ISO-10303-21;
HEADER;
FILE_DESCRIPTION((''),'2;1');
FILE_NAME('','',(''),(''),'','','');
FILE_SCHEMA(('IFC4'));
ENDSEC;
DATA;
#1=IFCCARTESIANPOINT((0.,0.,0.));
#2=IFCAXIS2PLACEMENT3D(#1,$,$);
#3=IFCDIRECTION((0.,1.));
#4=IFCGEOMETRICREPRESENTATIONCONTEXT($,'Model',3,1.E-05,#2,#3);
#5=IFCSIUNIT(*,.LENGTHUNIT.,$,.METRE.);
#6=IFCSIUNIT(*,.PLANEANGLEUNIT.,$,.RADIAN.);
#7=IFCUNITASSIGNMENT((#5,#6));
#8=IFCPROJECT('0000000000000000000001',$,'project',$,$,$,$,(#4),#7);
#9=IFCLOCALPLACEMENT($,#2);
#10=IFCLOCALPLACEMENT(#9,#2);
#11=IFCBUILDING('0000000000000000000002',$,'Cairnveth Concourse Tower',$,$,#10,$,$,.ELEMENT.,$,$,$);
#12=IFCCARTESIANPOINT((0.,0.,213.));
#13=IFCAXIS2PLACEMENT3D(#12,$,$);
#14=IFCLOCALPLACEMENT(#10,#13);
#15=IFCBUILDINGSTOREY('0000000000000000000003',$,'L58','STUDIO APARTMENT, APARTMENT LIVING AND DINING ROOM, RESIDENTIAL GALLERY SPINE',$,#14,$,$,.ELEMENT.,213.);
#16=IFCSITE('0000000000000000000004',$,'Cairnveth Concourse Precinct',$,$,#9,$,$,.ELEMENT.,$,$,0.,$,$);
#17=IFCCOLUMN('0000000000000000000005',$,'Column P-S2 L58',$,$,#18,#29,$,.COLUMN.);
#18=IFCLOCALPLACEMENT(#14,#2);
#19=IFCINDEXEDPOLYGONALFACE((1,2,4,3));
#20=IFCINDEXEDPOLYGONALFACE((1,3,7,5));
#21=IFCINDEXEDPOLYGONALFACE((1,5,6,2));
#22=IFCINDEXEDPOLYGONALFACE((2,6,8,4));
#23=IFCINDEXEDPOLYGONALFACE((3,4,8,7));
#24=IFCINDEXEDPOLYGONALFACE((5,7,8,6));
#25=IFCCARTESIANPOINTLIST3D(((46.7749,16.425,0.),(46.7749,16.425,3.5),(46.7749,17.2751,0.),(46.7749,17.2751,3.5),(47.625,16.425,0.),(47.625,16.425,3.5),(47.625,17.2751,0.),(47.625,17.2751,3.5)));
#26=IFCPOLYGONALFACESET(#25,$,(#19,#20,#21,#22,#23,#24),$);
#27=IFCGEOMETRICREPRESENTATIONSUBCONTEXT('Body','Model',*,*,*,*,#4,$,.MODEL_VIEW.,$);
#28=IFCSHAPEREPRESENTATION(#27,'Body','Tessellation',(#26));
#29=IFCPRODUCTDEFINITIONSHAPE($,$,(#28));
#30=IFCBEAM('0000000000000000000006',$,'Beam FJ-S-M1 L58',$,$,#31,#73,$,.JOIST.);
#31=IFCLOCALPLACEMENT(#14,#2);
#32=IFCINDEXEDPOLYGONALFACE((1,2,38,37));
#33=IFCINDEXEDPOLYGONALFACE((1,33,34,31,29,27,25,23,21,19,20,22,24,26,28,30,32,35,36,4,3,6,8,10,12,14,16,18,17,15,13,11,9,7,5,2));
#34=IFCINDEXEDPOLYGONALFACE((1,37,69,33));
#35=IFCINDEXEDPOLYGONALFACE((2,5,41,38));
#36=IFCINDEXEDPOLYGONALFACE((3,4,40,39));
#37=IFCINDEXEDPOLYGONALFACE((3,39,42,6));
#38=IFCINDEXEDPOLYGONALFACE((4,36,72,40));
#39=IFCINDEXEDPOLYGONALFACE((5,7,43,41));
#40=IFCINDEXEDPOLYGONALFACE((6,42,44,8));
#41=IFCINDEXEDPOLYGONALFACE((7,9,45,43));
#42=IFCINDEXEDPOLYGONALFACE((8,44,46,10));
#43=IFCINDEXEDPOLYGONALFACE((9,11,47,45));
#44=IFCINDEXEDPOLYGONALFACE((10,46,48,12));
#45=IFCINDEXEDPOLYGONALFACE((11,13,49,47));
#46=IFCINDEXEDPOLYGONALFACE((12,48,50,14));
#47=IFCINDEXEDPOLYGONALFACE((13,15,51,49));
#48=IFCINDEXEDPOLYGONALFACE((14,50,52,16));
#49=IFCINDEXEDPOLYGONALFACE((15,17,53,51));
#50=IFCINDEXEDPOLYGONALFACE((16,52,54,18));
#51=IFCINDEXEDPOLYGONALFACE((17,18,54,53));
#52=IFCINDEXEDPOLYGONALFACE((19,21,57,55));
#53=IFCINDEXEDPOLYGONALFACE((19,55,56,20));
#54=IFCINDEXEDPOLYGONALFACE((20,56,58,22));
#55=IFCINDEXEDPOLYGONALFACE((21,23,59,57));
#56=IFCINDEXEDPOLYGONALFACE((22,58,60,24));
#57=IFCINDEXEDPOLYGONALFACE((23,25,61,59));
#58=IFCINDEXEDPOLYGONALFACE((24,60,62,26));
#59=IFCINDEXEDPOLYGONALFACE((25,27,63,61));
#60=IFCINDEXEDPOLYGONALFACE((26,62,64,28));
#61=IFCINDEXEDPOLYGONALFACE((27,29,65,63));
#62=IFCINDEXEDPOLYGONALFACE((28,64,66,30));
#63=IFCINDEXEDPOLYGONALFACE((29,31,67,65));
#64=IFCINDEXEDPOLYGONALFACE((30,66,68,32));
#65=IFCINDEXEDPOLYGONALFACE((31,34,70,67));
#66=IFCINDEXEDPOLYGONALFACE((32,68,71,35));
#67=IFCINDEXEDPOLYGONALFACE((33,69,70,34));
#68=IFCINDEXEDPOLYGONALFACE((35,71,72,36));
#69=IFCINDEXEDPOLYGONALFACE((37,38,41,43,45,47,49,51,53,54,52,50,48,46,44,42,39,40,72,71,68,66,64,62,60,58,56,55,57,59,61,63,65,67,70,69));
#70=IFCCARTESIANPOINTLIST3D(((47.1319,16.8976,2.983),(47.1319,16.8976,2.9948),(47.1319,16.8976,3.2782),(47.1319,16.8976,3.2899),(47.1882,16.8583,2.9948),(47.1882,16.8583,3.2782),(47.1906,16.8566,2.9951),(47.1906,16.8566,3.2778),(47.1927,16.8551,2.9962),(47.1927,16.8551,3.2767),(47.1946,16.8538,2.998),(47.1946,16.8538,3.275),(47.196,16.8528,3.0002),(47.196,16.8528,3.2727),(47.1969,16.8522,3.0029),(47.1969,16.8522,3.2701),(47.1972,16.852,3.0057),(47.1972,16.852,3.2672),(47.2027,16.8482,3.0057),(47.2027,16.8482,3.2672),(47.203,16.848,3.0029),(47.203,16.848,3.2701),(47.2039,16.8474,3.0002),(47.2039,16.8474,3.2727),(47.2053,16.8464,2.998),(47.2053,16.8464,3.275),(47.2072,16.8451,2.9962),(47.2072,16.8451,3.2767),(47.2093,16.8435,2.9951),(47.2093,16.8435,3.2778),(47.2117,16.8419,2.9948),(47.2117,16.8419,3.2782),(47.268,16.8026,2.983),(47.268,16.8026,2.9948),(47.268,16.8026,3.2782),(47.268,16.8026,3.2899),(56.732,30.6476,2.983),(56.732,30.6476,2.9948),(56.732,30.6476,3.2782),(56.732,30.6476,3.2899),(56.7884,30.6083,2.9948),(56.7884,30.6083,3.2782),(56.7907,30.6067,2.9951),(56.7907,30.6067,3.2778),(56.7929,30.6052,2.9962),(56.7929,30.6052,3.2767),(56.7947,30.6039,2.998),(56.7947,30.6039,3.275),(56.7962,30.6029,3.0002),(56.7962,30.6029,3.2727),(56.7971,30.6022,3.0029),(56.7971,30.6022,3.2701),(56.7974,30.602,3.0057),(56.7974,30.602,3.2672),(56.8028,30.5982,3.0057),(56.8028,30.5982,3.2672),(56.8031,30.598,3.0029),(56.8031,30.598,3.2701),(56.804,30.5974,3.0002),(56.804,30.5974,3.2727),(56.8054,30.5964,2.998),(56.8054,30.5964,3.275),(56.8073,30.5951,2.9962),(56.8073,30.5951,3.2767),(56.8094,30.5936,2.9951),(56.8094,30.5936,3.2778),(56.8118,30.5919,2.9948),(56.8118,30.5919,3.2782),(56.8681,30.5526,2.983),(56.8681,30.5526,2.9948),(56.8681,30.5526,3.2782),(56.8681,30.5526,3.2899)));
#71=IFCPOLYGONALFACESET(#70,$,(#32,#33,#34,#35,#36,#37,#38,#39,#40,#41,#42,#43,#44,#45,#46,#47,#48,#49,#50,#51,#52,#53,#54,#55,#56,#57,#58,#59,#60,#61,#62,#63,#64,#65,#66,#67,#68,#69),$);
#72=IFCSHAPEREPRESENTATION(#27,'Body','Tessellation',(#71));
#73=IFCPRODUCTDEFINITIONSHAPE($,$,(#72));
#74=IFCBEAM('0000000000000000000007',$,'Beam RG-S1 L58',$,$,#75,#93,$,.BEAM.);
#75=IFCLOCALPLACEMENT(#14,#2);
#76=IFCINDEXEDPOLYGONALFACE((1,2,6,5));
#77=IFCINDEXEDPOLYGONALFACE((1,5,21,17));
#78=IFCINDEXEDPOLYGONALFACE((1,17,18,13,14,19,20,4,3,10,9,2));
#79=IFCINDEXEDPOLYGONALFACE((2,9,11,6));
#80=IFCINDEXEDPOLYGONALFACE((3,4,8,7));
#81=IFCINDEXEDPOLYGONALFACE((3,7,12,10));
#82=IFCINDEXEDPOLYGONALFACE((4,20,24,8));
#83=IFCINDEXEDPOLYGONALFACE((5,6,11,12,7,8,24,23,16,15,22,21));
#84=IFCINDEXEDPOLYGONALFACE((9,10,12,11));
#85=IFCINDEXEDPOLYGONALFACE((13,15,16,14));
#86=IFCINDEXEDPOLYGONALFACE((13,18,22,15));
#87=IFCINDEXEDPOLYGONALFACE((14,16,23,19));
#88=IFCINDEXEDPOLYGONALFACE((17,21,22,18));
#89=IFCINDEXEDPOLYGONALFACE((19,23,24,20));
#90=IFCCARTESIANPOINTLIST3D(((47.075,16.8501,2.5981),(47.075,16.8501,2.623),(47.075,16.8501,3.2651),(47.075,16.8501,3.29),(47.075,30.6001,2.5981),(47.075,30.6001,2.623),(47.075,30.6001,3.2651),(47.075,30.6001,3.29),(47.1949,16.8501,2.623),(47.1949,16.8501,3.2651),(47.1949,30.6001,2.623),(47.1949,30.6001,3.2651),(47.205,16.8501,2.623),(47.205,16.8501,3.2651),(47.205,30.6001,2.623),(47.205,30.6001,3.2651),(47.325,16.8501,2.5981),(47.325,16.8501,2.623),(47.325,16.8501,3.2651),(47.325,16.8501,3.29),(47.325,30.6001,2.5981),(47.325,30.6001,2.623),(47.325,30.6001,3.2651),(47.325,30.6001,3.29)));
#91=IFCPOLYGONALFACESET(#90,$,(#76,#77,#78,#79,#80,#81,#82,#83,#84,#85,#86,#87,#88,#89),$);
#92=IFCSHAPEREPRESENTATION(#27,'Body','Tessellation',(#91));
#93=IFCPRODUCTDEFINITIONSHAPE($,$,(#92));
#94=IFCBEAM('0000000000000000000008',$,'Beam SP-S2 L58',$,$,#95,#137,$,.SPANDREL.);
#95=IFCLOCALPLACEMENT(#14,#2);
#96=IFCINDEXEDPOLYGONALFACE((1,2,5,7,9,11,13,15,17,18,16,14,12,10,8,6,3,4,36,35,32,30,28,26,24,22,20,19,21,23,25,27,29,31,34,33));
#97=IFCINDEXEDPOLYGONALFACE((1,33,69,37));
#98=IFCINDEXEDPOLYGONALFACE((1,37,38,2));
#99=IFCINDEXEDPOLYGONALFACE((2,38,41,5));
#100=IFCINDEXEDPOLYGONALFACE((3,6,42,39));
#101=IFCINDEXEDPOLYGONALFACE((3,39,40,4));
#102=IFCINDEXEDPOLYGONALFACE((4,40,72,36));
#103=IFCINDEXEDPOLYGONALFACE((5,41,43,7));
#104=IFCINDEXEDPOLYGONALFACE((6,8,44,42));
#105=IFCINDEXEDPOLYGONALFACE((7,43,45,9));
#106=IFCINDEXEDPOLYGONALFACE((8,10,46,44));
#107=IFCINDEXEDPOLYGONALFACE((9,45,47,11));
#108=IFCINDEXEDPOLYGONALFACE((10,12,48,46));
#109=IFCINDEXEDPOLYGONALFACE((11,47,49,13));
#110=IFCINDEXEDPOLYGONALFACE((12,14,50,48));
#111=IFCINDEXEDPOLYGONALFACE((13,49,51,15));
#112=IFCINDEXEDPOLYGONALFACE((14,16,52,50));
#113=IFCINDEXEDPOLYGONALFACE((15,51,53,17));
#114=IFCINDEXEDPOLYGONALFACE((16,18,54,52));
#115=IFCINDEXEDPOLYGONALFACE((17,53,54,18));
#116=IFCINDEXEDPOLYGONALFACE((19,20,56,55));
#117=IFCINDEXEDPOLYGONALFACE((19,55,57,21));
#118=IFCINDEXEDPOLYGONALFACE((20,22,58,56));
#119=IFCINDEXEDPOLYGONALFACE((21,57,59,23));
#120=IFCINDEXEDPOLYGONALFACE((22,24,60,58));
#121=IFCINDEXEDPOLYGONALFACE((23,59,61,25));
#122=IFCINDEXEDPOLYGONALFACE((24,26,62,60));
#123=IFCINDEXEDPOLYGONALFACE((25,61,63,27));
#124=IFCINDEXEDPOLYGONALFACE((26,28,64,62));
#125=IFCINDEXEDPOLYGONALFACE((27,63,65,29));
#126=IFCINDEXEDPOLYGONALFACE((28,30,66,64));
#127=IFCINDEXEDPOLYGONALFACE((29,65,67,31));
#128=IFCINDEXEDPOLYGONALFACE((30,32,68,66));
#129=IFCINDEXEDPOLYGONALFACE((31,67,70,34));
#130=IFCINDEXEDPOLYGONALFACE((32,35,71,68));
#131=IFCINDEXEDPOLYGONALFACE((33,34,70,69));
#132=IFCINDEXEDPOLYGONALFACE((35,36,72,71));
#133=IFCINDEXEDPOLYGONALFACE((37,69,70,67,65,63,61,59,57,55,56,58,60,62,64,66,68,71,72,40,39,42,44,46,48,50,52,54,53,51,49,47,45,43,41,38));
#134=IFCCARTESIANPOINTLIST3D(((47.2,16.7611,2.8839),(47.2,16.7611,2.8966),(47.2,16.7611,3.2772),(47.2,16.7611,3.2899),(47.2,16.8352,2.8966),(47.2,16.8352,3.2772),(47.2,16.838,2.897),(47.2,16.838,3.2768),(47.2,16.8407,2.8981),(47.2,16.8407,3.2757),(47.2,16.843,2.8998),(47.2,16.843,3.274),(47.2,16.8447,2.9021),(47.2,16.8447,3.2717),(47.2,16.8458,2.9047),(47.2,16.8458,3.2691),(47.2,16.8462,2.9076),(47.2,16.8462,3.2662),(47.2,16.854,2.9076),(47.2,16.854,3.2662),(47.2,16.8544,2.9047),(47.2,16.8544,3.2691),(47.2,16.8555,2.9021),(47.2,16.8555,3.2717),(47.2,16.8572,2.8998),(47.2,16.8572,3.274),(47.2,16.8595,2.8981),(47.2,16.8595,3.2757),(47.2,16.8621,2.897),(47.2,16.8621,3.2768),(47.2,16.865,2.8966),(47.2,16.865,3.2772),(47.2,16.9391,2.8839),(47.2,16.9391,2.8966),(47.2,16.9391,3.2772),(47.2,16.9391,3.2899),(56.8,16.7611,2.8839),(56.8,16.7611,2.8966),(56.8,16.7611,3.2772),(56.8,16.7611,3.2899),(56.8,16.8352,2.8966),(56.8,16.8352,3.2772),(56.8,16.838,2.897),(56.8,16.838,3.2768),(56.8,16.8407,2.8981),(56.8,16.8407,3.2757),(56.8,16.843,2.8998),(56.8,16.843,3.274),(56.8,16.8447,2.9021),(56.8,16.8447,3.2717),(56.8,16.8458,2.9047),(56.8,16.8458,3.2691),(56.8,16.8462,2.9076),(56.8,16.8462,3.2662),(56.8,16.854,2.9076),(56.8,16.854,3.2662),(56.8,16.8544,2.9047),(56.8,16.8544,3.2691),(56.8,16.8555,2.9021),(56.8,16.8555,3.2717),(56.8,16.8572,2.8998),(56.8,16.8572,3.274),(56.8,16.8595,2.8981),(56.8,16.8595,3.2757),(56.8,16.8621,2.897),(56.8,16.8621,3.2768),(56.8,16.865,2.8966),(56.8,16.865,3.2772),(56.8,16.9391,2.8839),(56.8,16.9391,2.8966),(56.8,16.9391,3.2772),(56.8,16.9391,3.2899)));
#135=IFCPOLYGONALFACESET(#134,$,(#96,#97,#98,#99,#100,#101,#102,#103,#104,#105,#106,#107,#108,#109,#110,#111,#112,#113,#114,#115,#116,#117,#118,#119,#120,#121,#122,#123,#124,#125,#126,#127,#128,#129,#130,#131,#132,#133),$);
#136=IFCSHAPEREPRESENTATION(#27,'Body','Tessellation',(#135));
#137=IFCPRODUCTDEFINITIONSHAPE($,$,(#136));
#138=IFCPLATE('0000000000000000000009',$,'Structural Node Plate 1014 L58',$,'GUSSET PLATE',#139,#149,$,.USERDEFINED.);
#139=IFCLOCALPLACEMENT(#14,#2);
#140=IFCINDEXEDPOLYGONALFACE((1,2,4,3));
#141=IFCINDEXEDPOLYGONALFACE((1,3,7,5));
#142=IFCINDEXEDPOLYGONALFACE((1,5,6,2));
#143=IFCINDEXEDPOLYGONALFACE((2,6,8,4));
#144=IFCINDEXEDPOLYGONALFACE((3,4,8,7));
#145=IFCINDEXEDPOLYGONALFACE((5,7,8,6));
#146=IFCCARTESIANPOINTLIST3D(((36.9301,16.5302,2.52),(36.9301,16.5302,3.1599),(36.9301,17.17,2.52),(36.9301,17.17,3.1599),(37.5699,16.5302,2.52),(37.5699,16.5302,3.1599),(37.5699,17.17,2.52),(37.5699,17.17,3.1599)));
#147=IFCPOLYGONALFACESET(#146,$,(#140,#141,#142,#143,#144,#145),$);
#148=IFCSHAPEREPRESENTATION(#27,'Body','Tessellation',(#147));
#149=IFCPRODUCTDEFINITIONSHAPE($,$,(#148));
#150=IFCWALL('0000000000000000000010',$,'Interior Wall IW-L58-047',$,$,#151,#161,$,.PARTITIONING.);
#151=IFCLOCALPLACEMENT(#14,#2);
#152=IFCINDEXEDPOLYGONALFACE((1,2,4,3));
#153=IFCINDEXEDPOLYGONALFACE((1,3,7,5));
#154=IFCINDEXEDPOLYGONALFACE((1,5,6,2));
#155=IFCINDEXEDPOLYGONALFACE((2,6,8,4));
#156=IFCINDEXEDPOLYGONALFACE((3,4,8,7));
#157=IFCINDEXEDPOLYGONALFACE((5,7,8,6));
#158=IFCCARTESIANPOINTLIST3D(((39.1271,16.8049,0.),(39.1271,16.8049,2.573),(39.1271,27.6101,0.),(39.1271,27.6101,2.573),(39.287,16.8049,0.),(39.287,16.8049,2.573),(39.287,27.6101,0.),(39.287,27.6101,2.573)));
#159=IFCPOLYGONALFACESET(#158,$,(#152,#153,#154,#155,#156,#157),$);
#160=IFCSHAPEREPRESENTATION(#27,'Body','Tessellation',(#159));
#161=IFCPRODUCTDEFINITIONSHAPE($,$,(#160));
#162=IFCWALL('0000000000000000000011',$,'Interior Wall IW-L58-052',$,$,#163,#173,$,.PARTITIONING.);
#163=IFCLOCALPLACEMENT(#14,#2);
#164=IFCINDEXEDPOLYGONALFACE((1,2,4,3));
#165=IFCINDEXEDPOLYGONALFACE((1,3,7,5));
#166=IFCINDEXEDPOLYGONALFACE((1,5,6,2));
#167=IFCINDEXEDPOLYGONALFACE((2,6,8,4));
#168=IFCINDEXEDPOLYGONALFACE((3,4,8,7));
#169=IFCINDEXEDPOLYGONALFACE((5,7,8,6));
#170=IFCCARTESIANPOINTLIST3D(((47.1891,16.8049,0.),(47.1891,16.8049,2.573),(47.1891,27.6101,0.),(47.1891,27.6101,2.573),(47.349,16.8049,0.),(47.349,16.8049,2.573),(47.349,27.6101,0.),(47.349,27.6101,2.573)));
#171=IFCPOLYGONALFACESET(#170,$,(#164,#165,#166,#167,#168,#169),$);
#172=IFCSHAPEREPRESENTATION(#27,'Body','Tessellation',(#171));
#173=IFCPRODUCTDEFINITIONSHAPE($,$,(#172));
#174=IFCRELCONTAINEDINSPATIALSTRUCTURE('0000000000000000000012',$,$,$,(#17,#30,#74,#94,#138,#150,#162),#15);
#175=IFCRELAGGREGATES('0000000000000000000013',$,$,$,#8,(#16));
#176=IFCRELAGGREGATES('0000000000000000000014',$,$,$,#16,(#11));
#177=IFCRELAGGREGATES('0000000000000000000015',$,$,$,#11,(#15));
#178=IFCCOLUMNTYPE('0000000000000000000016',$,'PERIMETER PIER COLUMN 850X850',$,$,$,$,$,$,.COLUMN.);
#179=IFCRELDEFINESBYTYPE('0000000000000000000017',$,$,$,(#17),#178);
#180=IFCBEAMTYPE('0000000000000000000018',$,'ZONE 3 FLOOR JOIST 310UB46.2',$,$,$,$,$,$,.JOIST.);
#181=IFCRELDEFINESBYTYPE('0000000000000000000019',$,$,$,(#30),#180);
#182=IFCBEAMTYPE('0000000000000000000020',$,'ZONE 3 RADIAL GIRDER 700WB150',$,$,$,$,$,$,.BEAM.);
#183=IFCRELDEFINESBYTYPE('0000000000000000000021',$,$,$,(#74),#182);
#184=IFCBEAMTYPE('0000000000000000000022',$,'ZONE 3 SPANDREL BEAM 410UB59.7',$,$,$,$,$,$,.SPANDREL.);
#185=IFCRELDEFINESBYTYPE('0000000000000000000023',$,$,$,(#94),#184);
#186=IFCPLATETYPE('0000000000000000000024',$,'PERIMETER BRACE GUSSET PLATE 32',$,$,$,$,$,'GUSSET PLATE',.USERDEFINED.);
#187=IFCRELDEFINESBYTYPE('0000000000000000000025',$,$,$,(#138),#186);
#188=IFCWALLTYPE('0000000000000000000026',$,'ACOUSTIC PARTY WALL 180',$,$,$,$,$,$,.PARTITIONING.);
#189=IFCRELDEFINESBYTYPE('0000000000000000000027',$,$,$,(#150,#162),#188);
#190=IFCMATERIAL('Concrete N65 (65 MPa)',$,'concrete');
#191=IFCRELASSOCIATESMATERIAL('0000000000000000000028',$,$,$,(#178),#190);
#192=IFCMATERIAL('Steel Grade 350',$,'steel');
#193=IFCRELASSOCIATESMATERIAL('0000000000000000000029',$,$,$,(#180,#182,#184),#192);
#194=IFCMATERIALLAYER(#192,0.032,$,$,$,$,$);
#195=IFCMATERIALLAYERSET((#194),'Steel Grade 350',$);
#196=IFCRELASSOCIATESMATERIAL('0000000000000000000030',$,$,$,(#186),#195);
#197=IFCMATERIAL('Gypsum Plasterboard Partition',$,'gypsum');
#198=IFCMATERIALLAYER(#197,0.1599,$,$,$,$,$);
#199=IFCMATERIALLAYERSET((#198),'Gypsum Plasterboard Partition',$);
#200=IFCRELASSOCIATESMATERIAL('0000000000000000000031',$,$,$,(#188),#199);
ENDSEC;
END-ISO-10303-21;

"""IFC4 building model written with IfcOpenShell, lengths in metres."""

from ifc_helpers import new_model, si_unit, direction, frame, frame_2d, origin, origin_2d, place, context, subcontext, project, spatial, rectangle, i_section, extrude, material, layer, layer_set, material_profile, profile_set, type_object, element, save


model = new_model("IFC4")

# Units and contexts
model_context = context("Model", 3, precision=1e-05, world=origin(), true_north=direction((0.0, 1.0)))
body_context = subcontext(model_context, "Body", "Model", "MODEL_VIEW")
ifc_project = project(units=[si_unit("LENGTHUNIT", "METRE"), si_unit("PLANEANGLEUNIT", "RADIAN")], contexts=[model_context])

# Site, building, storey
site_placement = place(None, origin())
site = spatial("IfcSite", under=ifc_project, at=site_placement, Name="Cairnveth Concourse Precinct", CompositionType="ELEMENT", RefElevation=0.0)
building_placement = place(site_placement, origin())
building = spatial("IfcBuilding", under=site, at=building_placement, Name="Cairnveth Concourse Tower", CompositionType="ELEMENT")
storey_placement = place(building_placement, frame((0.0, 0.0, 213.0)))
storey = spatial("IfcBuildingStorey", under=building, at=storey_placement, Name="L58", Description="STUDIO APARTMENT, APARTMENT LIVING AND DINING ROOM, RESIDENTIAL GALLERY SPINE", CompositionType="ELEMENT", Elevation=213.0)

# Column
ifc_material_1 = material(Name="Concrete N65 (65 MPa)", Category="concrete")
ifc_material_profile_1 = material_profile(ifc_material_1, rectangle(XDim=0.8501, YDim=0.8501, at=origin_2d()), Name="RC-COL-850x850")
ifc_profile_set_1 = profile_set([ifc_material_profile_1], Name="Concrete N65 (65 MPa)")
column_type = type_object("IfcColumnType", Name="PERIMETER PIER COLUMN 850X850", PredefinedType="COLUMN", material=ifc_profile_set_1)
column_placement = place(storey_placement, frame((47.2, 16.8501, 0.0), z_axis=(0.0, 0.0, 1.0), x_axis=(1.0, 0.0, 0.0)))
element("IfcColumn", 1, at=column_placement, inside=storey, type_object=column_type, Name="Column P-S2 L58", PredefinedType="COLUMN", context=body_context, shape_type="SweptSolid", body=[
    extrude(rectangle(XDim=0.8501, YDim=0.8501, at=origin_2d()), origin(), (0.0, 0.0, 1.0), 3.5),
])

# Beams
ifc_material_2 = material(Name="Steel Grade 350", Category="steel")
ifc_material_profile_2 = material_profile(ifc_material_2, i_section(OverallWidth=0.166, OverallDepth=0.3069, WebThickness=0.0066, FlangeThickness=0.0117, FilletRadius=0.011, at=origin_2d()), Name="310UB46.2")
ifc_profile_set_2 = profile_set([ifc_material_profile_2], Name="Steel Grade 350")
beam_type_1 = type_object("IfcBeamType", Name="ZONE 3 FLOOR JOIST 310UB46.2", PredefinedType="JOIST", material=ifc_profile_set_2)
beam_1_placement = place(storey_placement, frame((47.2, 16.8501, 3.1365), z_axis=(0.572465, 0.819929, 0.0), x_axis=(-0.819929, 0.572465, 0.0)))
element("IfcBeam", 2, at=beam_1_placement, inside=storey, type_object=beam_type_1, Name="Beam FJ-S-M1 L58", PredefinedType="JOIST", context=body_context, shape_type="SweptSolid", body=[
    extrude(i_section(OverallWidth=0.166, OverallDepth=0.3069, WebThickness=0.0066, FlangeThickness=0.0117, FilletRadius=0.011, at=origin_2d()), origin(), (0.0, 0.0, 1.0), 16.7698),
])
ifc_material_profile_3 = material_profile(ifc_material_2, i_section(OverallWidth=0.25, OverallDepth=0.6919, WebThickness=0.01, FlangeThickness=0.0249, at=origin_2d()), Name="700WB150")
ifc_profile_set_3 = profile_set([ifc_material_profile_3], Name="Steel Grade 350")
beam_type_2 = type_object("IfcBeamType", Name="ZONE 3 RADIAL GIRDER 700WB150", PredefinedType="BEAM", material=ifc_profile_set_3)
beam_2_placement = place(storey_placement, frame((47.2, 16.8501, 2.9441), z_axis=(0.0, 1.0, 0.0), x_axis=(-1.0, 0.0, 0.0)))
element("IfcBeam", 3, at=beam_2_placement, inside=storey, type_object=beam_type_2, Name="Beam RG-S1 L58", PredefinedType="BEAM", context=body_context, shape_type="SweptSolid", body=[
    extrude(i_section(OverallWidth=0.25, OverallDepth=0.6919, WebThickness=0.01, FlangeThickness=0.0249, at=origin_2d()), origin(), (0.0, 0.0, 1.0), 13.75),
])
ifc_material_profile_4 = material_profile(ifc_material_2, i_section(OverallWidth=0.178, OverallDepth=0.406, WebThickness=0.0078, FlangeThickness=0.0127, FilletRadius=0.011, at=origin_2d()), Name="410UB59.7")
ifc_profile_set_4 = profile_set([ifc_material_profile_4], Name="Steel Grade 350")
beam_type_3 = type_object("IfcBeamType", Name="ZONE 3 SPANDREL BEAM 410UB59.7", PredefinedType="SPANDREL", material=ifc_profile_set_4)
beam_3_placement = place(storey_placement, frame((47.2, 16.8501, 3.0869), z_axis=(1.0, 0.0, 0.0), x_axis=(0.0, 1.0, 0.0)))
element("IfcBeam", 4, at=beam_3_placement, inside=storey, type_object=beam_type_3, Name="Beam SP-S2 L58", PredefinedType="SPANDREL", context=body_context, shape_type="SweptSolid", body=[
    extrude(i_section(OverallWidth=0.178, OverallDepth=0.406, WebThickness=0.0078, FlangeThickness=0.0127, FilletRadius=0.011, at=origin_2d()), origin(), (0.0, 0.0, 1.0), 9.6001),
])

# Plate
ifc_layer_1 = layer(ifc_material_2, 0.032)
ifc_layer_set_1 = layer_set([ifc_layer_1], Name="Steel Grade 350")
plate_type = type_object("IfcPlateType", Name="PERIMETER BRACE GUSSET PLATE 32", ElementType="GUSSET PLATE", PredefinedType="USERDEFINED", material=ifc_layer_set_1)
plate_placement = place(storey_placement, frame((37.25, 16.8501, 2.52), z_axis=(0.0, 0.0, 1.0), x_axis=(1.0, 0.0, 0.0)))
element("IfcPlate", 5, at=plate_placement, inside=storey, type_object=plate_type, Name="Structural Node Plate 1014 L58", ObjectType="GUSSET PLATE", PredefinedType="USERDEFINED", context=body_context, shape_type="SweptSolid", body=[
    extrude(rectangle(XDim=0.6399, YDim=0.6399, at=origin_2d()), origin(), (0.0, 0.0, 1.0), 0.6399),
])

# Walls
ifc_material_3 = material(Name="Gypsum Plasterboard Partition", Category="gypsum")
ifc_layer_2 = layer(ifc_material_3, 0.1599)
ifc_layer_set_2 = layer_set([ifc_layer_2], Name="Gypsum Plasterboard Partition")
wall_type_1 = type_object("IfcWallType", Name="ACOUSTIC PARTY WALL 180", PredefinedType="PARTITIONING", material=ifc_layer_set_2)
for number, where, z_axis, x_axis, name in (
    (6, (39.207, 16.8049, 0.0), (0.0, 0.0, 1.0), (0.0, 1.0, 0.0), "Interior Wall IW-L58-047"),
    (7, (47.269, 16.8049, 0.0), (0.0, 0.0, 1.0), (0.0, 1.0, 0.0), "Interior Wall IW-L58-052"),
):
    element("IfcWall", number, at=place(storey_placement, frame(where, z_axis=z_axis, x_axis=x_axis)), inside=storey, type_object=wall_type_1, Name=name, PredefinedType="PARTITIONING", context=body_context, shape_type="SweptSolid", body=[
        extrude(rectangle(XDim=10.8052, YDim=0.1599, at=frame_2d((5.4026, 0.0))), origin(), (0.0, 0.0, 1.0), 2.573),
    ])

save(model, "model.ifc")
